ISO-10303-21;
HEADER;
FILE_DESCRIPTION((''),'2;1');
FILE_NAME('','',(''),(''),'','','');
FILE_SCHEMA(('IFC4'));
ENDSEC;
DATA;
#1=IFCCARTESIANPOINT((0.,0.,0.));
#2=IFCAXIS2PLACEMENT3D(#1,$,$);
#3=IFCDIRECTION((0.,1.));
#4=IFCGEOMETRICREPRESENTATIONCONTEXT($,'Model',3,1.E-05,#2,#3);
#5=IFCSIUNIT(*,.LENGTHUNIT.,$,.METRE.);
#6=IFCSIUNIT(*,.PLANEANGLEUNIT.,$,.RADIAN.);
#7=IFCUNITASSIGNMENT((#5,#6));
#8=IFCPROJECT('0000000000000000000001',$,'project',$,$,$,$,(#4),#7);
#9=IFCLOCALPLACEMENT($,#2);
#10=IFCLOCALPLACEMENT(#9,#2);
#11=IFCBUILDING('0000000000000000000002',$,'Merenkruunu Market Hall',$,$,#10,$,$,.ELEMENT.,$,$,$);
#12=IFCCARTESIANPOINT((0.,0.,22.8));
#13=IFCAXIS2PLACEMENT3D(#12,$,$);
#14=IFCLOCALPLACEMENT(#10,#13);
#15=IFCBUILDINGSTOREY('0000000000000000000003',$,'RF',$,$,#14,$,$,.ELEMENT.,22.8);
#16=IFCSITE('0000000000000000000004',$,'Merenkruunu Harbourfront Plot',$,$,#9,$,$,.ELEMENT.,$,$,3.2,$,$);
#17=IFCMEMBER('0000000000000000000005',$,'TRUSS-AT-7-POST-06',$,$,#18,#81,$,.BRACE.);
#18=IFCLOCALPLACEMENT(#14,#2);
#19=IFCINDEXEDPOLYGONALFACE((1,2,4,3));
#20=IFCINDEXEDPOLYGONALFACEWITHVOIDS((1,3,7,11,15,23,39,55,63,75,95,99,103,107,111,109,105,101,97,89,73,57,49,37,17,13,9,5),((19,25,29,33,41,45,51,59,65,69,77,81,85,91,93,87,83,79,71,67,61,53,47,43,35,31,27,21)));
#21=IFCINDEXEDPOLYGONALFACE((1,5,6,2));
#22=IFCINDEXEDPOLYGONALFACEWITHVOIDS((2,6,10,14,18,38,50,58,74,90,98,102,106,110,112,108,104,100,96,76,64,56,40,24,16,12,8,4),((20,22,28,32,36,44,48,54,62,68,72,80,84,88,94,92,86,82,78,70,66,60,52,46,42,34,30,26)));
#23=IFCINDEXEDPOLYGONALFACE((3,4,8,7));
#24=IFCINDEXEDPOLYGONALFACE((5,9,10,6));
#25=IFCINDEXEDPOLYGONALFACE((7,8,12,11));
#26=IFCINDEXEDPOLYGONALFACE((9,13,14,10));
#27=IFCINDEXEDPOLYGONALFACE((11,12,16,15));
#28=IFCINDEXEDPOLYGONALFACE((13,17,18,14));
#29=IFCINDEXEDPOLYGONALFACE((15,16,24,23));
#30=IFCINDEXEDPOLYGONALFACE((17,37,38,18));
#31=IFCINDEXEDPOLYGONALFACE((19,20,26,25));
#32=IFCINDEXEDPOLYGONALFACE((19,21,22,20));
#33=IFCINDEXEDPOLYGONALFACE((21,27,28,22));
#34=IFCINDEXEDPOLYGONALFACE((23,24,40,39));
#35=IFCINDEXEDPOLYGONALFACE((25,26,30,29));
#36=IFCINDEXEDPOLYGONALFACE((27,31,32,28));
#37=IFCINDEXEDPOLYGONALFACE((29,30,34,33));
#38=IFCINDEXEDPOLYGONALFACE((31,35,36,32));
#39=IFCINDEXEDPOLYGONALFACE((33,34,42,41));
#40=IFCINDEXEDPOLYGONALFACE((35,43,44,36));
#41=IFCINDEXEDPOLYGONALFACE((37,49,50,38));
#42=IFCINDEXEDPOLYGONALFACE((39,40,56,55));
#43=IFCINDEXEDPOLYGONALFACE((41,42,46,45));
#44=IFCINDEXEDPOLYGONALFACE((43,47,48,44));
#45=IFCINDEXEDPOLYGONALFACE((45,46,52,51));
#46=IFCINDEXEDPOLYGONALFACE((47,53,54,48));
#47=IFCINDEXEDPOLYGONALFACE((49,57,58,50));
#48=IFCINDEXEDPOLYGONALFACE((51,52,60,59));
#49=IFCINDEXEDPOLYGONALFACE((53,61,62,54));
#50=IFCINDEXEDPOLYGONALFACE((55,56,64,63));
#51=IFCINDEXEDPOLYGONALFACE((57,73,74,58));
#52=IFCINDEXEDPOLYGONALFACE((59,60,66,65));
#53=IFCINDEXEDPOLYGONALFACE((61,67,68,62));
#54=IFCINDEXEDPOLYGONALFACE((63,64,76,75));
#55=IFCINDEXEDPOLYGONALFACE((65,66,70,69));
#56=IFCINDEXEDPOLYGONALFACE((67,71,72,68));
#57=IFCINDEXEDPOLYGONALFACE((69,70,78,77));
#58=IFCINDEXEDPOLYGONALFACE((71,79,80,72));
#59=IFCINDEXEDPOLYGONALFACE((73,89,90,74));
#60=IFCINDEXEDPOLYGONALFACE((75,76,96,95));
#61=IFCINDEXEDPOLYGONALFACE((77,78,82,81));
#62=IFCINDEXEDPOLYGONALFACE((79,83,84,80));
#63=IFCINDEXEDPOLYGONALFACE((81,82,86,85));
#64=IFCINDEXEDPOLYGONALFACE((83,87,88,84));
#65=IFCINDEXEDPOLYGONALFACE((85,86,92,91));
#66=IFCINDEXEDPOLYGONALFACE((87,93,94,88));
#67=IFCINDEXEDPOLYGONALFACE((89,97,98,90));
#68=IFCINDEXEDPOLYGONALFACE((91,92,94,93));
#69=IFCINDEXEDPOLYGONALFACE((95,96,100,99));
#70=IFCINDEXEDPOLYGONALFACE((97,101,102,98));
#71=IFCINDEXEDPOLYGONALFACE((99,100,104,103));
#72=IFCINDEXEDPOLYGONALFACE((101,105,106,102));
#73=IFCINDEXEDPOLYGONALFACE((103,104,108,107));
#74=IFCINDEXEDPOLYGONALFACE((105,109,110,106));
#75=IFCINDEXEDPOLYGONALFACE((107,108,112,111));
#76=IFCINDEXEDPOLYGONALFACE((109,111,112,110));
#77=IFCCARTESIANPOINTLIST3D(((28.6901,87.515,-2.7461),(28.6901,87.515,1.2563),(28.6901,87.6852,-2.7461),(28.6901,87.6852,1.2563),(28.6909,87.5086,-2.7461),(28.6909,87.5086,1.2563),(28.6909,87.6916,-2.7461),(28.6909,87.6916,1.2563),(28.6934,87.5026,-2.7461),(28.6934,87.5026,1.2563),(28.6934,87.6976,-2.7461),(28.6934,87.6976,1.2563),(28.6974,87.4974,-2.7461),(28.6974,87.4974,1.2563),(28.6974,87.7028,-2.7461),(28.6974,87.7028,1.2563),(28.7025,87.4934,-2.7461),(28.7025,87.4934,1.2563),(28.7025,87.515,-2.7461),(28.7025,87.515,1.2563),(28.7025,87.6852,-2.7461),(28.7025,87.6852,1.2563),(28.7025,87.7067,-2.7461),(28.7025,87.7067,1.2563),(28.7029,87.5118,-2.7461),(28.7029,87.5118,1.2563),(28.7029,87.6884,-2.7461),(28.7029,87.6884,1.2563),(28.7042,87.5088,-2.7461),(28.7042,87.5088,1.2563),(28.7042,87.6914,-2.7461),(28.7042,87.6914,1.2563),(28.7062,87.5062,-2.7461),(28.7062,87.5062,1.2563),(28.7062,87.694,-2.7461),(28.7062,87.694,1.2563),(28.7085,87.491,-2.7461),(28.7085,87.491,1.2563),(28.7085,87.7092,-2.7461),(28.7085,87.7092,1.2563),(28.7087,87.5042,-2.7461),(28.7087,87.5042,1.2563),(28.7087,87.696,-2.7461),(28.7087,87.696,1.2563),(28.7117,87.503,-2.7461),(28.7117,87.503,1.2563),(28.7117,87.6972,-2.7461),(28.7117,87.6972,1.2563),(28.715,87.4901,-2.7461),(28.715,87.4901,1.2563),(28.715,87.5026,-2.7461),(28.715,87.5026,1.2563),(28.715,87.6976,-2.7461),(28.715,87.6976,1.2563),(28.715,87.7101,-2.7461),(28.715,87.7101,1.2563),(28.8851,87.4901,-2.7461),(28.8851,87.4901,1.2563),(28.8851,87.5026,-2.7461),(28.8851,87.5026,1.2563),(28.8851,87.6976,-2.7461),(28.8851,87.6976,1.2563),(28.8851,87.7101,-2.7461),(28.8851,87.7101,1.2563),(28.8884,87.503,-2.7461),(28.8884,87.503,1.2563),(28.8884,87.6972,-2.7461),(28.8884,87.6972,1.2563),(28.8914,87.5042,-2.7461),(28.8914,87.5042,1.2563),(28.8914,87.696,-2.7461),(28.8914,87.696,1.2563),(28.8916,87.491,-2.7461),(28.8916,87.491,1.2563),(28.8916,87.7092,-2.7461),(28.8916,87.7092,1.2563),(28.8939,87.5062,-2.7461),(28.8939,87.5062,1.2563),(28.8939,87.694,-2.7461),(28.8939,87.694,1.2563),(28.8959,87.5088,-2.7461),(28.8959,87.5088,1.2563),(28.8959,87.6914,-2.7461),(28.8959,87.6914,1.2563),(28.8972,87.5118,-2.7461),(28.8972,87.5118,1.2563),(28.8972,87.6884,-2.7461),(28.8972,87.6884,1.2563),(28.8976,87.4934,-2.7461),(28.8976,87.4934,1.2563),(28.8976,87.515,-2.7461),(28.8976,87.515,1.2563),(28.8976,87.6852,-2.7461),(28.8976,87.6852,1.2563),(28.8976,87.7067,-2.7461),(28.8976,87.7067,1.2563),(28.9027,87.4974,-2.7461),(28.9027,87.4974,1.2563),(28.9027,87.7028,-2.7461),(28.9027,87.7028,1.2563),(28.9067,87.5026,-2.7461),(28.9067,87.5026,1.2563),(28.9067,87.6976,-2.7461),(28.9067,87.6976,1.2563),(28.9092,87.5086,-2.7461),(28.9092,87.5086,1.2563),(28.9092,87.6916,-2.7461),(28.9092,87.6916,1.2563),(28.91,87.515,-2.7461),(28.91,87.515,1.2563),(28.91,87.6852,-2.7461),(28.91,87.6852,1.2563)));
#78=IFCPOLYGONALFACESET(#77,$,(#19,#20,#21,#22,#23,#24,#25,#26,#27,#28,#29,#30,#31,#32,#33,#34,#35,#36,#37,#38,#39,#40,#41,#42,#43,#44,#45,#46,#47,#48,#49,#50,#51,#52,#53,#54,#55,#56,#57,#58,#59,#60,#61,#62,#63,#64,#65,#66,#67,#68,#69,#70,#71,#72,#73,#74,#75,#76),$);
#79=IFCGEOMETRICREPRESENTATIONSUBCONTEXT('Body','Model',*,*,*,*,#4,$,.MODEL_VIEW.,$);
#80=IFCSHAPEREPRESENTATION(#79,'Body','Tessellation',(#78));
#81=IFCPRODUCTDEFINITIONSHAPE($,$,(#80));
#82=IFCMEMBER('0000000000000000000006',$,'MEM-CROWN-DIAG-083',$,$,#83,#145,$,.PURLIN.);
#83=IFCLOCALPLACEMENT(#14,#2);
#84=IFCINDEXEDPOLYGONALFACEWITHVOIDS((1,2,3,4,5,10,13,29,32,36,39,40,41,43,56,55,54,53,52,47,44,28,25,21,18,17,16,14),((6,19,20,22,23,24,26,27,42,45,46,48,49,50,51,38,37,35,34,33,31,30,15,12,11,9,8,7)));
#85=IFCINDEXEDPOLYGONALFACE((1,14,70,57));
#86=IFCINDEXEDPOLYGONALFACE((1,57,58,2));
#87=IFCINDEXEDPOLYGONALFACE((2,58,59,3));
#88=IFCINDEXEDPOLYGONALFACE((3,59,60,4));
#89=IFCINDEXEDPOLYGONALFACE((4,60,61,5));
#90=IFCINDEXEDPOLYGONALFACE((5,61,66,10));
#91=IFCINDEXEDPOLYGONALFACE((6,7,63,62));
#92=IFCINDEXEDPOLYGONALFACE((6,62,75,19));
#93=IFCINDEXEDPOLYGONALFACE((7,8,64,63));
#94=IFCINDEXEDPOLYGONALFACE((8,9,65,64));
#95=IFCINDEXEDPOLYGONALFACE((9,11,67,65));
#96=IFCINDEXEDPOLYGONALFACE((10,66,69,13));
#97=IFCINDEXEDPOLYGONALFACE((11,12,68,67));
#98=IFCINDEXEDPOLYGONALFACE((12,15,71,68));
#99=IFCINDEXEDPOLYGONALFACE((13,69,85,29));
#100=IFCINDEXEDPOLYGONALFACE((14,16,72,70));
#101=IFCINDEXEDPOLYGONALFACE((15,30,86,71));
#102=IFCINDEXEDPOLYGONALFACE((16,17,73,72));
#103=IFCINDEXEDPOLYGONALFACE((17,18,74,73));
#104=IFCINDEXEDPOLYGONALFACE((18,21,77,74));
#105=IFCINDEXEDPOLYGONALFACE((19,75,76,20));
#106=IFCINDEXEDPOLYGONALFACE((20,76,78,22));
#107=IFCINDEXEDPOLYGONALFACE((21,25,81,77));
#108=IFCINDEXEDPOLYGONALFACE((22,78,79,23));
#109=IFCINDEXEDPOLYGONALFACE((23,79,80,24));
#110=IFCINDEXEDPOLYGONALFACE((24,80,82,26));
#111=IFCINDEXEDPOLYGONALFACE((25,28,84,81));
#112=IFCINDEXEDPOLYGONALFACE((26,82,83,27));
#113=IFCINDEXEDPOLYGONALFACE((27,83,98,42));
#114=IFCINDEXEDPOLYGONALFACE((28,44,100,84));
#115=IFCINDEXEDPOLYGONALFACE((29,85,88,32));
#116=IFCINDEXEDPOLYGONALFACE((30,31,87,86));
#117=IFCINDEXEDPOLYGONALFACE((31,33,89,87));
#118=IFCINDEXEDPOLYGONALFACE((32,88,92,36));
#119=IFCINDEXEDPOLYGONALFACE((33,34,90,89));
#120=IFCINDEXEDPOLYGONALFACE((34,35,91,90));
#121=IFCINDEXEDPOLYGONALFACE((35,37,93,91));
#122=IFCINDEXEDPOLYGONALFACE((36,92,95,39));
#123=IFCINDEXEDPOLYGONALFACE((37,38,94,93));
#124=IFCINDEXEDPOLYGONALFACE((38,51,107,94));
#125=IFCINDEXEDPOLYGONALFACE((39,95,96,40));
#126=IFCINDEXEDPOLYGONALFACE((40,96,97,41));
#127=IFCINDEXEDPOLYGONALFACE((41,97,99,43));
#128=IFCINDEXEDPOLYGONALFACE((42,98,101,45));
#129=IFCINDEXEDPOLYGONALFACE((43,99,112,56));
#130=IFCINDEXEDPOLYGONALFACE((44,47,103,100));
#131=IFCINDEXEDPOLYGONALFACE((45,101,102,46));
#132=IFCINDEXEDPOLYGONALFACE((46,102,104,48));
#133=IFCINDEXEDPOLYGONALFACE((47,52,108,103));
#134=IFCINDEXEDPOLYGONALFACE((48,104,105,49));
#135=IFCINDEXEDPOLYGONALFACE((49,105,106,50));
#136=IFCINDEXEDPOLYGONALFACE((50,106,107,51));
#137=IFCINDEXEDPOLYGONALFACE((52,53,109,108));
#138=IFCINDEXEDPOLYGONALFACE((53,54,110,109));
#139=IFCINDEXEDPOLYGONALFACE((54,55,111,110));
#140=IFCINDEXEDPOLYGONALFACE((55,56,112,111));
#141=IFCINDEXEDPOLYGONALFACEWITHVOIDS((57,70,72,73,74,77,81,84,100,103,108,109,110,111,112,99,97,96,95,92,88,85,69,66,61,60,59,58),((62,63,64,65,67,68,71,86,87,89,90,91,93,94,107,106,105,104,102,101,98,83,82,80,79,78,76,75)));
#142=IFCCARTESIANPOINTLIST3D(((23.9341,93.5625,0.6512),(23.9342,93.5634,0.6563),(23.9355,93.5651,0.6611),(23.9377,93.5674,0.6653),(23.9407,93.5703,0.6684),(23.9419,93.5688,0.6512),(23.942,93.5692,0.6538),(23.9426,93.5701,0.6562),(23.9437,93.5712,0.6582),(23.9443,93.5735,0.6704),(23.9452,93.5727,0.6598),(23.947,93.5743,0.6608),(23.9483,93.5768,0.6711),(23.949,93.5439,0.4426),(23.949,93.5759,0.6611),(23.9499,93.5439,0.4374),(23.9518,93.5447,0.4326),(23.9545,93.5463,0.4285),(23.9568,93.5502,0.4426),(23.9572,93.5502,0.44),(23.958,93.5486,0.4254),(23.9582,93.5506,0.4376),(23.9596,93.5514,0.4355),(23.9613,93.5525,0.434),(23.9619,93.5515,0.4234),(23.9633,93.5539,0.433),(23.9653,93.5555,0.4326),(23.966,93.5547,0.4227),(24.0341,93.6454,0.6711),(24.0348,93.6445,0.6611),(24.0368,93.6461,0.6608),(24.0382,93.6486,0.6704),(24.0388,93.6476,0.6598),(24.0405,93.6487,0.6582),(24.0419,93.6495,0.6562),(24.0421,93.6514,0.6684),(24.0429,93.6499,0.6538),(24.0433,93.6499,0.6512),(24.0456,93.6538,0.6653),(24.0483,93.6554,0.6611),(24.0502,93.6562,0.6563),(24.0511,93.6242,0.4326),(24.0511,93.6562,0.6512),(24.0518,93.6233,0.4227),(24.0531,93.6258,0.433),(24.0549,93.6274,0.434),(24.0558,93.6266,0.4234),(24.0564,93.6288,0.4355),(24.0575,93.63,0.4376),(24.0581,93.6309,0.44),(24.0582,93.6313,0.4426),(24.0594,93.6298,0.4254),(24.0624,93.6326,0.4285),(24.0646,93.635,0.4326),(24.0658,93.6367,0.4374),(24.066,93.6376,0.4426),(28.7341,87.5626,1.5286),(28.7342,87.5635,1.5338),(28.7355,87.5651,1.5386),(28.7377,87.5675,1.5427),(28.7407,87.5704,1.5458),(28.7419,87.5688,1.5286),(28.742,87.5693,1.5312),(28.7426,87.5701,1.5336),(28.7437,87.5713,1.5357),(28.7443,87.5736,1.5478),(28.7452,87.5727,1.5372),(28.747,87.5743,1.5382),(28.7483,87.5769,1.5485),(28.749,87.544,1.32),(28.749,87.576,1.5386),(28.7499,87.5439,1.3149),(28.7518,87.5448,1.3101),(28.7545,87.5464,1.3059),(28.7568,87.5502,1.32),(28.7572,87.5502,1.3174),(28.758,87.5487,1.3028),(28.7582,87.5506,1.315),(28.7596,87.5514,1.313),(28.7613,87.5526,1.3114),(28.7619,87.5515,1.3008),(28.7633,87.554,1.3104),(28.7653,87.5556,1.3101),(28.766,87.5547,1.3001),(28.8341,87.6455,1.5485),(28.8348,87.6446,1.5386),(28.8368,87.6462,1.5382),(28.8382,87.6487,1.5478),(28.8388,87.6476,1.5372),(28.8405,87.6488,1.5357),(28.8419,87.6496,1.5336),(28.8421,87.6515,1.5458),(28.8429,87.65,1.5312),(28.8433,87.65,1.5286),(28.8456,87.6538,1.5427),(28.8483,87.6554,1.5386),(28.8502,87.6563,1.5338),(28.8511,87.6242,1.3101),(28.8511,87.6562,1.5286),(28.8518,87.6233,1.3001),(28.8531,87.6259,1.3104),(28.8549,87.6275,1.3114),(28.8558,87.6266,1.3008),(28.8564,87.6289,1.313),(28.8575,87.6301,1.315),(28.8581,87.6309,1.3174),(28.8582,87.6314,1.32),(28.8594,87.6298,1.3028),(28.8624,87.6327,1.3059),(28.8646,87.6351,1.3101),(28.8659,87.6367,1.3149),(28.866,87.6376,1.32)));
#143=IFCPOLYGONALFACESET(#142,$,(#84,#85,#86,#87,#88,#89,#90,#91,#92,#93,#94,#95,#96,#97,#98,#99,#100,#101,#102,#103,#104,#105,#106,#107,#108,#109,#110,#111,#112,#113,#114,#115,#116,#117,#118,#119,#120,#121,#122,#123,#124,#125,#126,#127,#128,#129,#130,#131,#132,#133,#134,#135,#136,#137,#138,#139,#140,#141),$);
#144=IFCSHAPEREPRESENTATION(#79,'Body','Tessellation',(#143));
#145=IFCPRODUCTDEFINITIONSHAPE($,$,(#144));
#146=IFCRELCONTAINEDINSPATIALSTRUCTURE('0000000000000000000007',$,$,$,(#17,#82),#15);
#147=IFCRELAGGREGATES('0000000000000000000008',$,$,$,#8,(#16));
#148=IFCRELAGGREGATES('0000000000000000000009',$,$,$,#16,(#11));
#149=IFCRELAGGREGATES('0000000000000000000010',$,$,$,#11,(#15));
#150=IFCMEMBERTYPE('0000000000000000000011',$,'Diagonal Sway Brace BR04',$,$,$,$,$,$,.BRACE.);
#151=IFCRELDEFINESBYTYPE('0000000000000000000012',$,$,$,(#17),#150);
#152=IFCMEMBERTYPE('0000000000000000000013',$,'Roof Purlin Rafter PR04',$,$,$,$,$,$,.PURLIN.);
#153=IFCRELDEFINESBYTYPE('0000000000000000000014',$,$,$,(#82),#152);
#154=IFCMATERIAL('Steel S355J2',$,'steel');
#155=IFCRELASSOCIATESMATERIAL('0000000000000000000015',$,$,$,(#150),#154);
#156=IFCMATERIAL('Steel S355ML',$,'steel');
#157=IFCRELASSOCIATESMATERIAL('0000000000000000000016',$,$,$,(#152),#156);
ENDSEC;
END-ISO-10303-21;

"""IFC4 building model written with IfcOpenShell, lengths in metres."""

from ifc_helpers import new_model, si_unit, direction, frame, origin, origin_2d, place, context, subcontext, project, spatial, hollow_rectangle, extrude, material, material_profile, profile_set, type_object, element, save


model = new_model("IFC4")

# Units and contexts
model_context = context("Model", 3, precision=1e-05, world=origin(), true_north=direction((0.0, 1.0)))
body_context = subcontext(model_context, "Body", "Model", "MODEL_VIEW")
ifc_project = project(units=[si_unit("LENGTHUNIT", "METRE"), si_unit("PLANEANGLEUNIT", "RADIAN")], contexts=[model_context])

# Site, building, storey
site_placement = place(None, origin())
site = spatial("IfcSite", under=ifc_project, at=site_placement, Name="Merenkruunu Harbourfront Plot", CompositionType="ELEMENT", RefElevation=3.2)
building_placement = place(site_placement, origin())
building = spatial("IfcBuilding", under=site, at=building_placement, Name="Merenkruunu Market Hall", CompositionType="ELEMENT")
storey_placement = place(building_placement, frame((0.0, 0.0, 22.8)))
storey = spatial("IfcBuildingStorey", under=building, at=storey_placement, Name="RF", CompositionType="ELEMENT", Elevation=22.8)

# Members
ifc_material_1 = material(Name="Steel S355ML", Category="steel")
ifc_material_2 = material(Name="Steel S355J2", Category="steel")
ifc_material_profile_1 = material_profile(ifc_material_2, hollow_rectangle(XDim=0.22, YDim=0.22, WallThickness=0.0125, InnerFilletRadius=0.0125, OuterFilletRadius=0.0249, at=origin_2d()), Name="SHS 220x220x12.5")
ifc_profile_set_1 = profile_set([ifc_material_profile_1], Name="Steel S355J2")
member_type_1 = type_object("IfcMemberType", Name="Diagonal Sway Brace BR04", PredefinedType="BRACE", material=ifc_profile_set_1)
member_1_placement = place(storey_placement, frame((28.8, 87.6001, -2.7461), z_axis=(0.0, 0.0, 1.0), x_axis=(1.0, 0.0, 0.0)))
element("IfcMember", 1, at=member_1_placement, inside=storey, type_object=member_type_1, Name="TRUSS-AT-7-POST-06", PredefinedType="BRACE", context=body_context, shape_type="SweptSolid", body=[
    extrude(hollow_rectangle(XDim=0.22, YDim=0.22, WallThickness=0.0125, InnerFilletRadius=0.0125, OuterFilletRadius=0.0249, at=origin_2d()), origin(), (0.0, 0.0, 1.0), 4.0024),
])
ifc_material_profile_2 = material_profile(ifc_material_1, hollow_rectangle(XDim=0.1499, YDim=0.25, WallThickness=0.01, InnerFilletRadius=0.01, OuterFilletRadius=0.02, at=origin_2d()), Name="RHS 250x150x10")
ifc_profile_set_2 = profile_set([ifc_material_profile_2], Name="Steel S355ML")
member_type_2 = type_object("IfcMemberType", Name="Roof Purlin Rafter PR04", PredefinedType="PURLIN", material=ifc_profile_set_2)
for number, where, z_axis, x_axis, name in (
    (2, (28.8, 87.6001, 1.4243), (-0.620665, 0.775824, -0.113457), (-0.780866, -0.624699, 0.0), "MEM-CROWN-DIAG-083"),
):
    element("IfcMember", number, at=place(storey_placement, frame(where, z_axis=z_axis, x_axis=x_axis)), inside=storey, type_object=member_type_2, Name=name, PredefinedType="PURLIN", context=body_context, shape_type="SweptSolid", body=[
        extrude(hollow_rectangle(XDim=0.1499, YDim=0.25, WallThickness=0.01, InnerFilletRadius=0.01, OuterFilletRadius=0.02, at=origin_2d()), origin(), (0.0, 0.0, 1.0), 7.7336),
    ])

save(model, "model.ifc")
